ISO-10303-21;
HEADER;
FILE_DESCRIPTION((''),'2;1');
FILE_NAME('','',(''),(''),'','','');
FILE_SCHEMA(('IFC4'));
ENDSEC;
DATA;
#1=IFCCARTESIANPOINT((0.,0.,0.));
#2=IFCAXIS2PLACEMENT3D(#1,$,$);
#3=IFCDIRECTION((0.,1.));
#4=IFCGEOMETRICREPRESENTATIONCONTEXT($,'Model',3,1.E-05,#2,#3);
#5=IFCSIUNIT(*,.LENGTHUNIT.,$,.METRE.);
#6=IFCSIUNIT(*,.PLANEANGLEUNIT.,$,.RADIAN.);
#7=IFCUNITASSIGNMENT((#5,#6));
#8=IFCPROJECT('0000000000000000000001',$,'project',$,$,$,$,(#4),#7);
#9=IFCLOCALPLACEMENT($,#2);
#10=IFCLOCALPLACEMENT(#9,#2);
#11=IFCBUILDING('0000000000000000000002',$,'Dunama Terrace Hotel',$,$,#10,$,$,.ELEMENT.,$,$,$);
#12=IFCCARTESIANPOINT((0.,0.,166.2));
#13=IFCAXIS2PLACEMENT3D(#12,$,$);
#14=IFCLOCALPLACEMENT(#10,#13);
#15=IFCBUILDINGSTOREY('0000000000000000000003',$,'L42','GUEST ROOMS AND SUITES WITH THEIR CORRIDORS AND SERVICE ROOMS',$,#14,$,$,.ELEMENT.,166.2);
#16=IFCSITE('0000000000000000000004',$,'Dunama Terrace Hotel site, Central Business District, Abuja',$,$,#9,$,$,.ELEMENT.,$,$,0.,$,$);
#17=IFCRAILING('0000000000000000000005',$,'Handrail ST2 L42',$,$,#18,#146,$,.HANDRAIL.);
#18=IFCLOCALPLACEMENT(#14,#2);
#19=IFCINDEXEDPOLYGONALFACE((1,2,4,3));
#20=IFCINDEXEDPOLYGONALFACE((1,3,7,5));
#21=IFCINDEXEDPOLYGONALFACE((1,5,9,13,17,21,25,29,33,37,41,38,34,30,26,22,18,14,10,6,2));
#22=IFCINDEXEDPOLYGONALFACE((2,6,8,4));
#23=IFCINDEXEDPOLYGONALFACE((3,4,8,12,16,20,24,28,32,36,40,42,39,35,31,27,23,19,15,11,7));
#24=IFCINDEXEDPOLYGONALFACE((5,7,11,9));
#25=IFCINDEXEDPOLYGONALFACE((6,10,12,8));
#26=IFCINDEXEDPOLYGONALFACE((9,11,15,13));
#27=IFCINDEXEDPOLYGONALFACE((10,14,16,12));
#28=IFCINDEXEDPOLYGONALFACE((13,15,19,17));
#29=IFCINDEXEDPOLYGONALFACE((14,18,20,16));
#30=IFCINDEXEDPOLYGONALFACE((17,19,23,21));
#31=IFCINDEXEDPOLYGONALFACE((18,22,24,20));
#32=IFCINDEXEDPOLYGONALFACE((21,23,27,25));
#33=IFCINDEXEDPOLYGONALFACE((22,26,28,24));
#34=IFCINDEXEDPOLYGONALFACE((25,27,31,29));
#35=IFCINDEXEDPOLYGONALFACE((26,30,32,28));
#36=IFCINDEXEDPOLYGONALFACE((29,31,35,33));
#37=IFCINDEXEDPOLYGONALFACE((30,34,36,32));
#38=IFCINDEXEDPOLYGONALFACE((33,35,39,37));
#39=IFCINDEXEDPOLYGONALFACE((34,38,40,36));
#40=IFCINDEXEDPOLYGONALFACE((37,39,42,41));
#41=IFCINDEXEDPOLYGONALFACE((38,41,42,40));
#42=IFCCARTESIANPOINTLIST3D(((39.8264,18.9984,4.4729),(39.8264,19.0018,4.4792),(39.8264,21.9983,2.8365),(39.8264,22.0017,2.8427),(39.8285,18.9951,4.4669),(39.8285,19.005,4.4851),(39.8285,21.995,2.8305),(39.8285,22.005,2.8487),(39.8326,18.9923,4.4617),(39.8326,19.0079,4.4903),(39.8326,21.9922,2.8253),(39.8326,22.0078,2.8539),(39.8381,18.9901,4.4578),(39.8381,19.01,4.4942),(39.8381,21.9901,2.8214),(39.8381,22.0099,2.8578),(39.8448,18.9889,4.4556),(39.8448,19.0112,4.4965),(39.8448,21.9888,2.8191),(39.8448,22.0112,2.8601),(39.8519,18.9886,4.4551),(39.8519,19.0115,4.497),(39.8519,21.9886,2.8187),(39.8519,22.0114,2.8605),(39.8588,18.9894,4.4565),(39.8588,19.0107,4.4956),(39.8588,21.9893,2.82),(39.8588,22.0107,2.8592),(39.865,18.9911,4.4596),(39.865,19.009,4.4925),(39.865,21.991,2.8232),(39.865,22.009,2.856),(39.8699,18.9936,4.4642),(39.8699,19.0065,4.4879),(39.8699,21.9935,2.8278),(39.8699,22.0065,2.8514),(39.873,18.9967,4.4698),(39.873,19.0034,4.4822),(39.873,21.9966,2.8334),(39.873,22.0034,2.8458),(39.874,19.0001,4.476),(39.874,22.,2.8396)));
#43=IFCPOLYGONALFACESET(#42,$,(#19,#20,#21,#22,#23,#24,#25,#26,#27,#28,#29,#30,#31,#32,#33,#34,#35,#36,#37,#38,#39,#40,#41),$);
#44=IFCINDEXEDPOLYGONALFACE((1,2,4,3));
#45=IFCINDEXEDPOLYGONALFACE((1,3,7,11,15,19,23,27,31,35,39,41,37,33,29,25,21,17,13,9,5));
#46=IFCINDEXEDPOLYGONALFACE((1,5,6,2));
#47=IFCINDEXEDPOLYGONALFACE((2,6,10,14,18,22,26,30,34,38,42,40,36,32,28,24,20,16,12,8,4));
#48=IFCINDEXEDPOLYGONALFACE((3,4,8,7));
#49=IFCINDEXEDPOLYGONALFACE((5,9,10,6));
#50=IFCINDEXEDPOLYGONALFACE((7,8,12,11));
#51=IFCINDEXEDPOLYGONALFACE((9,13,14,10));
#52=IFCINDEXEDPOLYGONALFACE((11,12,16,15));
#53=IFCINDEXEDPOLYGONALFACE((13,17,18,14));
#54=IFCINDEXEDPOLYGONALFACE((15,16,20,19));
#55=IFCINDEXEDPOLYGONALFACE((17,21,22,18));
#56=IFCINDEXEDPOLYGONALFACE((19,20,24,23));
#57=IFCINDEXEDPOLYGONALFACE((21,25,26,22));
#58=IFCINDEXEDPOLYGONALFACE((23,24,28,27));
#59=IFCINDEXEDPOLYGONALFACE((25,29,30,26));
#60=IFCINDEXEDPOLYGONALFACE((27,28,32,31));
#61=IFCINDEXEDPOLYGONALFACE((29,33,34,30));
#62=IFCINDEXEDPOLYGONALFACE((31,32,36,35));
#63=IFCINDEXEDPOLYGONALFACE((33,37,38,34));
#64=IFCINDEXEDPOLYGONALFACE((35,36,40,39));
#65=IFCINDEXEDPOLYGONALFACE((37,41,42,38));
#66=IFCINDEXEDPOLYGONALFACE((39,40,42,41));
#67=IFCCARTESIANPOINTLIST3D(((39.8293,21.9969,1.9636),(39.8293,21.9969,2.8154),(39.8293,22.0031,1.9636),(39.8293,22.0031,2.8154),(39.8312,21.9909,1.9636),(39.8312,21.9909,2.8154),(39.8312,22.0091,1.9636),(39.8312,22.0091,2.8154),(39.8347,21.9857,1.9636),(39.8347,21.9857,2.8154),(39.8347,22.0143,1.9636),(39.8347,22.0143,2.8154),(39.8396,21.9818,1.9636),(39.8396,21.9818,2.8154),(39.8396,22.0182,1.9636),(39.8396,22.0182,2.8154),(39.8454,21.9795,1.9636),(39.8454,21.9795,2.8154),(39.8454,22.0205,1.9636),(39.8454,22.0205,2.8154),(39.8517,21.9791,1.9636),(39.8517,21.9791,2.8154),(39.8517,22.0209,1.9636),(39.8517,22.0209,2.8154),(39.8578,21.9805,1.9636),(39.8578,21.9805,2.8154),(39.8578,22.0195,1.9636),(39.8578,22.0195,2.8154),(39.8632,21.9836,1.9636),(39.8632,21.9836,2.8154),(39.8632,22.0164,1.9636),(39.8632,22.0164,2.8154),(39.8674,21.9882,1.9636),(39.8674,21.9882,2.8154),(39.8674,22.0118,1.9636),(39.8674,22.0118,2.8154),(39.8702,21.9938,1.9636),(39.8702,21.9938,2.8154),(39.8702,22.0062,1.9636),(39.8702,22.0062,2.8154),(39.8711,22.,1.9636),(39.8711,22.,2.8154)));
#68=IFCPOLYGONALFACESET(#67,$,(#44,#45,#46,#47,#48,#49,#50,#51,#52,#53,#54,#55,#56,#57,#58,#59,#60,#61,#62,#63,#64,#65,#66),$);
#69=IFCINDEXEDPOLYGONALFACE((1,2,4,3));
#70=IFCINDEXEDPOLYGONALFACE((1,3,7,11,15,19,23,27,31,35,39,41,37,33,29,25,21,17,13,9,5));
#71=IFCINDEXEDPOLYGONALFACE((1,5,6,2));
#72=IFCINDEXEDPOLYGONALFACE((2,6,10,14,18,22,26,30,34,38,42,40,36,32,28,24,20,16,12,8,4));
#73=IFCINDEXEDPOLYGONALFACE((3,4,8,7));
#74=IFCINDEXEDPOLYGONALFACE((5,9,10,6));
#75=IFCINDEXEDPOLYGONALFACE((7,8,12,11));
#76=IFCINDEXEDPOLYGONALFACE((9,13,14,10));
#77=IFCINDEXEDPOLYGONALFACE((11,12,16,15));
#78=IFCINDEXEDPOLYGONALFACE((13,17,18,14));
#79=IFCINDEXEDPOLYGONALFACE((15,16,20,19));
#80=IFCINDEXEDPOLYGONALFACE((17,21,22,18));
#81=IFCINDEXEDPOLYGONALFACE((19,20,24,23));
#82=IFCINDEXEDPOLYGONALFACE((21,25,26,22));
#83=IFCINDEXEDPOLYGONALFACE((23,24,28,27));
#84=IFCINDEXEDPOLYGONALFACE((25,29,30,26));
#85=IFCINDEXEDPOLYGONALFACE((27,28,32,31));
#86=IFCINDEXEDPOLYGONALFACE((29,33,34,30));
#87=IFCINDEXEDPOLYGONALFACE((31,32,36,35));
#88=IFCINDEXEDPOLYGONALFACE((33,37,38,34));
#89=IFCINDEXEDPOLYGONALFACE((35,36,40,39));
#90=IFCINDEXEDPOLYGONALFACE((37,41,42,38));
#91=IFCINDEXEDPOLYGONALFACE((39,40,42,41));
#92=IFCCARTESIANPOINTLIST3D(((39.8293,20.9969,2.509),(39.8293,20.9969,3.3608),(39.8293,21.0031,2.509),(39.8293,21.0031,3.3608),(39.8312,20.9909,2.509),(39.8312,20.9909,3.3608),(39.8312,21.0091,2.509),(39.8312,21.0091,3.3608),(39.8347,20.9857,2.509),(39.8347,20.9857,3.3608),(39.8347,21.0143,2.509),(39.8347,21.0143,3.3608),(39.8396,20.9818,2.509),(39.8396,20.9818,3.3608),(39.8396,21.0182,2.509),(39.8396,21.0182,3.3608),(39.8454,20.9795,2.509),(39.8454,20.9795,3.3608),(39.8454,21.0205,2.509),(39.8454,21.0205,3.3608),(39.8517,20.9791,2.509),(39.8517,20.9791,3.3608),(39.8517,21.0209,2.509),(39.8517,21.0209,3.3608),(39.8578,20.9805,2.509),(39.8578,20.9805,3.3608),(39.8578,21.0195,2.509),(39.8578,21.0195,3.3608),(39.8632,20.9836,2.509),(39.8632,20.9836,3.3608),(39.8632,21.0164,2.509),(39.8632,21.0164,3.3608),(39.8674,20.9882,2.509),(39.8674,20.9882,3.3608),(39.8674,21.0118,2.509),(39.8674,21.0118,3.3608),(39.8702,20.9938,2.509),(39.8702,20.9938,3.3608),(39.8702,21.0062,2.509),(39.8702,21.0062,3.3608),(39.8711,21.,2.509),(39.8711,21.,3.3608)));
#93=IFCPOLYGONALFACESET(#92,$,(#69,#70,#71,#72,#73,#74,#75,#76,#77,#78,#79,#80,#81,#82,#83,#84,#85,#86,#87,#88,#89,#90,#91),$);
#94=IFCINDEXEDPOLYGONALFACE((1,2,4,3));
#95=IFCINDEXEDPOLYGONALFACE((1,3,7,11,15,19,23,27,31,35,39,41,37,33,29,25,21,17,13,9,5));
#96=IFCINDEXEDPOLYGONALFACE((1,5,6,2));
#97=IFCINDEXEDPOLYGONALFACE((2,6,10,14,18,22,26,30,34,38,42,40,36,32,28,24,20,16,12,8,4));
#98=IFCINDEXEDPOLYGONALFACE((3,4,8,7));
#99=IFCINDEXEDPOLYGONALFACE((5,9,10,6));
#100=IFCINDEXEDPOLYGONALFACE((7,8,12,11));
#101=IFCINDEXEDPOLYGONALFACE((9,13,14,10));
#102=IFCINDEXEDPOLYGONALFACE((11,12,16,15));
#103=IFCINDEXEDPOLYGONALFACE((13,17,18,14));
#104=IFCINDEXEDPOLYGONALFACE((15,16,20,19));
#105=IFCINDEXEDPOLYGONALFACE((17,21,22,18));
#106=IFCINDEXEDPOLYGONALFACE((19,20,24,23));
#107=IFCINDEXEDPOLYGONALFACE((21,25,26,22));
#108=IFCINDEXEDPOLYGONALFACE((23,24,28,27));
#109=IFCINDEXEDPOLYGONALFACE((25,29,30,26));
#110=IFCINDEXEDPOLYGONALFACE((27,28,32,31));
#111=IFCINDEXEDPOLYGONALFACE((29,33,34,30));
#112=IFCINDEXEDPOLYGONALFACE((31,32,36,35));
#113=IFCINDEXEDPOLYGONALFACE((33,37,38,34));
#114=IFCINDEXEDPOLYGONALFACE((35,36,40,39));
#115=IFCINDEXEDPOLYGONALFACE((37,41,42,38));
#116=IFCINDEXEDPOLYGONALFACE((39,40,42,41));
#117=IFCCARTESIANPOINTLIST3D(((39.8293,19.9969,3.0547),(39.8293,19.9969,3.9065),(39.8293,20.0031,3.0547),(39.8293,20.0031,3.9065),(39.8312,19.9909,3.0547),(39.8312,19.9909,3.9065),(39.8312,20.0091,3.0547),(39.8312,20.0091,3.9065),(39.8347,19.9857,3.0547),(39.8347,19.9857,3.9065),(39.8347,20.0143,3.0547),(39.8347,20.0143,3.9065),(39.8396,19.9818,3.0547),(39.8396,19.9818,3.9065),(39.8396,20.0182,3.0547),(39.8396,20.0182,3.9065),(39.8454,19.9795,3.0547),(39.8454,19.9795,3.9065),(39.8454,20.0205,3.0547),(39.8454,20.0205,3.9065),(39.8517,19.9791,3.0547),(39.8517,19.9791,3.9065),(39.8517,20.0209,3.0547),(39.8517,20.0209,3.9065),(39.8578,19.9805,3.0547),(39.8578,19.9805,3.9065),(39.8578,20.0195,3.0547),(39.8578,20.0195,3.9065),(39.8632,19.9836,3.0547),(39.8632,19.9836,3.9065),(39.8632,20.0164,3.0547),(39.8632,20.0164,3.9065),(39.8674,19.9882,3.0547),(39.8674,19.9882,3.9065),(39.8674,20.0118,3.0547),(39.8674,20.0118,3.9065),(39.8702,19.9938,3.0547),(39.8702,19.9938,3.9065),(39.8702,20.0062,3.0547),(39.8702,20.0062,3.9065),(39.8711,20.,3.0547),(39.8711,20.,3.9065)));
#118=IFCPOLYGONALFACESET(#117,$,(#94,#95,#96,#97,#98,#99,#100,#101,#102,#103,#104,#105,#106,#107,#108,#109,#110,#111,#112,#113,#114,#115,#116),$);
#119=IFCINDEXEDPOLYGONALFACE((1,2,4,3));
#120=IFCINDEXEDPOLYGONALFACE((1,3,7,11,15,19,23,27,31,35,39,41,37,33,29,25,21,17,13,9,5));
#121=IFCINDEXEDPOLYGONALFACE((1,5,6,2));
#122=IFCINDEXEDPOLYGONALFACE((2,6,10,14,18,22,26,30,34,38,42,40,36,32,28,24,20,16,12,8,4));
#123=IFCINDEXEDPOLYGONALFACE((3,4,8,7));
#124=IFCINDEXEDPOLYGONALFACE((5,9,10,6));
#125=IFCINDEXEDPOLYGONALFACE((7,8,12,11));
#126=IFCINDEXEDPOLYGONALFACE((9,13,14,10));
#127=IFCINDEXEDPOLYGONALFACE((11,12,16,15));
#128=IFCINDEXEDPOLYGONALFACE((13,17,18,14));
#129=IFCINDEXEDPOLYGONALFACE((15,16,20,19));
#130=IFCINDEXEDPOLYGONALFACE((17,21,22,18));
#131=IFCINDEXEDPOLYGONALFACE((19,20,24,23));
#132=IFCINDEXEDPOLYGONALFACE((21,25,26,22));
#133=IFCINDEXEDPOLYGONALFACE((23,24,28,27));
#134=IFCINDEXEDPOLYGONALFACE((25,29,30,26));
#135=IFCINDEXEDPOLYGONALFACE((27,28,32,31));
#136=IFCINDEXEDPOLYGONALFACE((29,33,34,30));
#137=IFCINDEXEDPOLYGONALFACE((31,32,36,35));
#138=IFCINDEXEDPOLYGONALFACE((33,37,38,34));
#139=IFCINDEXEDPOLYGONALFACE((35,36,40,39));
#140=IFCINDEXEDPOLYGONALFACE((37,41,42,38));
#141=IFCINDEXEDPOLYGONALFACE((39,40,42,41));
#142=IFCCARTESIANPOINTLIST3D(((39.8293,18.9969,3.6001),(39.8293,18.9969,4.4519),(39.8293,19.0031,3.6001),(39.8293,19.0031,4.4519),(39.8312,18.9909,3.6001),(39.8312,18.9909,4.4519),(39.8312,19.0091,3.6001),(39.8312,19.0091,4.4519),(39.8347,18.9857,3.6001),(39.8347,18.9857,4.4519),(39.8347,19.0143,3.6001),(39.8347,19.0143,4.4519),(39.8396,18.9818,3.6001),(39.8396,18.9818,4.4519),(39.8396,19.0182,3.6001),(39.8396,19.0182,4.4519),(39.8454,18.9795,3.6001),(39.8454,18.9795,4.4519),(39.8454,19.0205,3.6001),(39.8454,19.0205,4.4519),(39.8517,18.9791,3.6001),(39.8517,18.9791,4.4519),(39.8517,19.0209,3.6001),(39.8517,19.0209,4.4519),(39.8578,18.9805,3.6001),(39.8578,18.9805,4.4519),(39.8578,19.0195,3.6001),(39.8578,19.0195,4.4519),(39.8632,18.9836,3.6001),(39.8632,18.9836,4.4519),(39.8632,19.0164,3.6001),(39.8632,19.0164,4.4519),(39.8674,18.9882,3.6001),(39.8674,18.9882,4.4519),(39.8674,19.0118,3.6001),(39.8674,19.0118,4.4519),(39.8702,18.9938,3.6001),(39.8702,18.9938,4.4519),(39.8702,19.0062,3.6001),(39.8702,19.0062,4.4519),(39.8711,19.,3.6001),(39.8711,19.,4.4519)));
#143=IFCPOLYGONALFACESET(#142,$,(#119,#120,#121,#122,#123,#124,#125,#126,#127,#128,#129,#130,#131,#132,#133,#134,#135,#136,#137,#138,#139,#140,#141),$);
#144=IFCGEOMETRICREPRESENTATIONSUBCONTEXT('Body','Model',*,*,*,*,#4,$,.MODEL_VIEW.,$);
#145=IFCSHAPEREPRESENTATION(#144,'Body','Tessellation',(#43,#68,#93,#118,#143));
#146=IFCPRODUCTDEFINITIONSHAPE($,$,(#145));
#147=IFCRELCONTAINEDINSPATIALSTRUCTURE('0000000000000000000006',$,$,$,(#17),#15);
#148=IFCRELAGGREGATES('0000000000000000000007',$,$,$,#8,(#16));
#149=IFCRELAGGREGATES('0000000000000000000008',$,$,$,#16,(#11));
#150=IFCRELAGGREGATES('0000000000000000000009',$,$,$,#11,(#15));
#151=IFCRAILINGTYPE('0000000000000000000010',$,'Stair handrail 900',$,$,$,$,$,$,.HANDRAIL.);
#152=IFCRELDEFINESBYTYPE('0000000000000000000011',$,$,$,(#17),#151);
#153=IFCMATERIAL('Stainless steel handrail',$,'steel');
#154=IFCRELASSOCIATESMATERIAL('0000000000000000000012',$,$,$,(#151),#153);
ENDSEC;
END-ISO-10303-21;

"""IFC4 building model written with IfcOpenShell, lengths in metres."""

from ifc_helpers import new_model, si_unit, direction, frame, origin, origin_2d, place, context, subcontext, project, spatial, circle, extrude, material, type_object, element, save


model = new_model("IFC4")

# Units and contexts
model_context = context("Model", 3, precision=1e-05, world=origin(), true_north=direction((0.0, 1.0)))
body_context = subcontext(model_context, "Body", "Model", "MODEL_VIEW")
ifc_project = project(units=[si_unit("LENGTHUNIT", "METRE"), si_unit("PLANEANGLEUNIT", "RADIAN")], contexts=[model_context])

# Site, building, storey
site_placement = place(None, origin())
site = spatial("IfcSite", under=ifc_project, at=site_placement, Name="Dunama Terrace Hotel site, Central Business District, Abuja", CompositionType="ELEMENT", RefElevation=0.0)
building_placement = place(site_placement, origin())
building = spatial("IfcBuilding", under=site, at=building_placement, Name="Dunama Terrace Hotel", CompositionType="ELEMENT")
storey_placement = place(building_placement, frame((0.0, 0.0, 166.2)))
storey = spatial("IfcBuildingStorey", under=building, at=storey_placement, Name="L42", Description="GUEST ROOMS AND SUITES WITH THEIR CORRIDORS AND SERVICE ROOMS", CompositionType="ELEMENT", Elevation=166.2)

# Railing
ifc_material_1 = material(Name="Stainless steel handrail", Category="steel")
railing_type_1 = type_object("IfcRailingType", Name="Stair handrail 900", PredefinedType="HANDRAIL", material=ifc_material_1)
railing_1_placement = place(storey_placement, frame((39.8501, 22.0, 1.9636)))
element("IfcRailing", 1, at=railing_1_placement, inside=storey, type_object=railing_type_1, Name="Handrail ST2 L42", PredefinedType="HANDRAIL", context=body_context, shape_type="SweptSolid", body=[
    extrude(circle(Radius=0.0239, at=origin_2d()), frame((0.0, 0.0, 0.876), z_axis=(0.0, -0.877882, 0.478877), x_axis=(1.0, 0.0, 0.0)), (0.0, 0.0, 1.0), 3.4172),
    extrude(circle(Radius=0.021, at=origin_2d()), origin(), (0.0, 0.0, 1.0), 0.8518),
    extrude(circle(Radius=0.021, at=origin_2d()), frame((0.0, -1.0, 0.5454)), (0.0, 0.0, 1.0), 0.8518),
    extrude(circle(Radius=0.021, at=origin_2d()), frame((0.0, -2.0, 1.0911)), (0.0, 0.0, 1.0), 0.8518),
    extrude(circle(Radius=0.021, at=origin_2d()), frame((0.0, -3.0, 1.6365)), (0.0, 0.0, 1.0), 0.8518),
])

save(model, "model.ifc")
